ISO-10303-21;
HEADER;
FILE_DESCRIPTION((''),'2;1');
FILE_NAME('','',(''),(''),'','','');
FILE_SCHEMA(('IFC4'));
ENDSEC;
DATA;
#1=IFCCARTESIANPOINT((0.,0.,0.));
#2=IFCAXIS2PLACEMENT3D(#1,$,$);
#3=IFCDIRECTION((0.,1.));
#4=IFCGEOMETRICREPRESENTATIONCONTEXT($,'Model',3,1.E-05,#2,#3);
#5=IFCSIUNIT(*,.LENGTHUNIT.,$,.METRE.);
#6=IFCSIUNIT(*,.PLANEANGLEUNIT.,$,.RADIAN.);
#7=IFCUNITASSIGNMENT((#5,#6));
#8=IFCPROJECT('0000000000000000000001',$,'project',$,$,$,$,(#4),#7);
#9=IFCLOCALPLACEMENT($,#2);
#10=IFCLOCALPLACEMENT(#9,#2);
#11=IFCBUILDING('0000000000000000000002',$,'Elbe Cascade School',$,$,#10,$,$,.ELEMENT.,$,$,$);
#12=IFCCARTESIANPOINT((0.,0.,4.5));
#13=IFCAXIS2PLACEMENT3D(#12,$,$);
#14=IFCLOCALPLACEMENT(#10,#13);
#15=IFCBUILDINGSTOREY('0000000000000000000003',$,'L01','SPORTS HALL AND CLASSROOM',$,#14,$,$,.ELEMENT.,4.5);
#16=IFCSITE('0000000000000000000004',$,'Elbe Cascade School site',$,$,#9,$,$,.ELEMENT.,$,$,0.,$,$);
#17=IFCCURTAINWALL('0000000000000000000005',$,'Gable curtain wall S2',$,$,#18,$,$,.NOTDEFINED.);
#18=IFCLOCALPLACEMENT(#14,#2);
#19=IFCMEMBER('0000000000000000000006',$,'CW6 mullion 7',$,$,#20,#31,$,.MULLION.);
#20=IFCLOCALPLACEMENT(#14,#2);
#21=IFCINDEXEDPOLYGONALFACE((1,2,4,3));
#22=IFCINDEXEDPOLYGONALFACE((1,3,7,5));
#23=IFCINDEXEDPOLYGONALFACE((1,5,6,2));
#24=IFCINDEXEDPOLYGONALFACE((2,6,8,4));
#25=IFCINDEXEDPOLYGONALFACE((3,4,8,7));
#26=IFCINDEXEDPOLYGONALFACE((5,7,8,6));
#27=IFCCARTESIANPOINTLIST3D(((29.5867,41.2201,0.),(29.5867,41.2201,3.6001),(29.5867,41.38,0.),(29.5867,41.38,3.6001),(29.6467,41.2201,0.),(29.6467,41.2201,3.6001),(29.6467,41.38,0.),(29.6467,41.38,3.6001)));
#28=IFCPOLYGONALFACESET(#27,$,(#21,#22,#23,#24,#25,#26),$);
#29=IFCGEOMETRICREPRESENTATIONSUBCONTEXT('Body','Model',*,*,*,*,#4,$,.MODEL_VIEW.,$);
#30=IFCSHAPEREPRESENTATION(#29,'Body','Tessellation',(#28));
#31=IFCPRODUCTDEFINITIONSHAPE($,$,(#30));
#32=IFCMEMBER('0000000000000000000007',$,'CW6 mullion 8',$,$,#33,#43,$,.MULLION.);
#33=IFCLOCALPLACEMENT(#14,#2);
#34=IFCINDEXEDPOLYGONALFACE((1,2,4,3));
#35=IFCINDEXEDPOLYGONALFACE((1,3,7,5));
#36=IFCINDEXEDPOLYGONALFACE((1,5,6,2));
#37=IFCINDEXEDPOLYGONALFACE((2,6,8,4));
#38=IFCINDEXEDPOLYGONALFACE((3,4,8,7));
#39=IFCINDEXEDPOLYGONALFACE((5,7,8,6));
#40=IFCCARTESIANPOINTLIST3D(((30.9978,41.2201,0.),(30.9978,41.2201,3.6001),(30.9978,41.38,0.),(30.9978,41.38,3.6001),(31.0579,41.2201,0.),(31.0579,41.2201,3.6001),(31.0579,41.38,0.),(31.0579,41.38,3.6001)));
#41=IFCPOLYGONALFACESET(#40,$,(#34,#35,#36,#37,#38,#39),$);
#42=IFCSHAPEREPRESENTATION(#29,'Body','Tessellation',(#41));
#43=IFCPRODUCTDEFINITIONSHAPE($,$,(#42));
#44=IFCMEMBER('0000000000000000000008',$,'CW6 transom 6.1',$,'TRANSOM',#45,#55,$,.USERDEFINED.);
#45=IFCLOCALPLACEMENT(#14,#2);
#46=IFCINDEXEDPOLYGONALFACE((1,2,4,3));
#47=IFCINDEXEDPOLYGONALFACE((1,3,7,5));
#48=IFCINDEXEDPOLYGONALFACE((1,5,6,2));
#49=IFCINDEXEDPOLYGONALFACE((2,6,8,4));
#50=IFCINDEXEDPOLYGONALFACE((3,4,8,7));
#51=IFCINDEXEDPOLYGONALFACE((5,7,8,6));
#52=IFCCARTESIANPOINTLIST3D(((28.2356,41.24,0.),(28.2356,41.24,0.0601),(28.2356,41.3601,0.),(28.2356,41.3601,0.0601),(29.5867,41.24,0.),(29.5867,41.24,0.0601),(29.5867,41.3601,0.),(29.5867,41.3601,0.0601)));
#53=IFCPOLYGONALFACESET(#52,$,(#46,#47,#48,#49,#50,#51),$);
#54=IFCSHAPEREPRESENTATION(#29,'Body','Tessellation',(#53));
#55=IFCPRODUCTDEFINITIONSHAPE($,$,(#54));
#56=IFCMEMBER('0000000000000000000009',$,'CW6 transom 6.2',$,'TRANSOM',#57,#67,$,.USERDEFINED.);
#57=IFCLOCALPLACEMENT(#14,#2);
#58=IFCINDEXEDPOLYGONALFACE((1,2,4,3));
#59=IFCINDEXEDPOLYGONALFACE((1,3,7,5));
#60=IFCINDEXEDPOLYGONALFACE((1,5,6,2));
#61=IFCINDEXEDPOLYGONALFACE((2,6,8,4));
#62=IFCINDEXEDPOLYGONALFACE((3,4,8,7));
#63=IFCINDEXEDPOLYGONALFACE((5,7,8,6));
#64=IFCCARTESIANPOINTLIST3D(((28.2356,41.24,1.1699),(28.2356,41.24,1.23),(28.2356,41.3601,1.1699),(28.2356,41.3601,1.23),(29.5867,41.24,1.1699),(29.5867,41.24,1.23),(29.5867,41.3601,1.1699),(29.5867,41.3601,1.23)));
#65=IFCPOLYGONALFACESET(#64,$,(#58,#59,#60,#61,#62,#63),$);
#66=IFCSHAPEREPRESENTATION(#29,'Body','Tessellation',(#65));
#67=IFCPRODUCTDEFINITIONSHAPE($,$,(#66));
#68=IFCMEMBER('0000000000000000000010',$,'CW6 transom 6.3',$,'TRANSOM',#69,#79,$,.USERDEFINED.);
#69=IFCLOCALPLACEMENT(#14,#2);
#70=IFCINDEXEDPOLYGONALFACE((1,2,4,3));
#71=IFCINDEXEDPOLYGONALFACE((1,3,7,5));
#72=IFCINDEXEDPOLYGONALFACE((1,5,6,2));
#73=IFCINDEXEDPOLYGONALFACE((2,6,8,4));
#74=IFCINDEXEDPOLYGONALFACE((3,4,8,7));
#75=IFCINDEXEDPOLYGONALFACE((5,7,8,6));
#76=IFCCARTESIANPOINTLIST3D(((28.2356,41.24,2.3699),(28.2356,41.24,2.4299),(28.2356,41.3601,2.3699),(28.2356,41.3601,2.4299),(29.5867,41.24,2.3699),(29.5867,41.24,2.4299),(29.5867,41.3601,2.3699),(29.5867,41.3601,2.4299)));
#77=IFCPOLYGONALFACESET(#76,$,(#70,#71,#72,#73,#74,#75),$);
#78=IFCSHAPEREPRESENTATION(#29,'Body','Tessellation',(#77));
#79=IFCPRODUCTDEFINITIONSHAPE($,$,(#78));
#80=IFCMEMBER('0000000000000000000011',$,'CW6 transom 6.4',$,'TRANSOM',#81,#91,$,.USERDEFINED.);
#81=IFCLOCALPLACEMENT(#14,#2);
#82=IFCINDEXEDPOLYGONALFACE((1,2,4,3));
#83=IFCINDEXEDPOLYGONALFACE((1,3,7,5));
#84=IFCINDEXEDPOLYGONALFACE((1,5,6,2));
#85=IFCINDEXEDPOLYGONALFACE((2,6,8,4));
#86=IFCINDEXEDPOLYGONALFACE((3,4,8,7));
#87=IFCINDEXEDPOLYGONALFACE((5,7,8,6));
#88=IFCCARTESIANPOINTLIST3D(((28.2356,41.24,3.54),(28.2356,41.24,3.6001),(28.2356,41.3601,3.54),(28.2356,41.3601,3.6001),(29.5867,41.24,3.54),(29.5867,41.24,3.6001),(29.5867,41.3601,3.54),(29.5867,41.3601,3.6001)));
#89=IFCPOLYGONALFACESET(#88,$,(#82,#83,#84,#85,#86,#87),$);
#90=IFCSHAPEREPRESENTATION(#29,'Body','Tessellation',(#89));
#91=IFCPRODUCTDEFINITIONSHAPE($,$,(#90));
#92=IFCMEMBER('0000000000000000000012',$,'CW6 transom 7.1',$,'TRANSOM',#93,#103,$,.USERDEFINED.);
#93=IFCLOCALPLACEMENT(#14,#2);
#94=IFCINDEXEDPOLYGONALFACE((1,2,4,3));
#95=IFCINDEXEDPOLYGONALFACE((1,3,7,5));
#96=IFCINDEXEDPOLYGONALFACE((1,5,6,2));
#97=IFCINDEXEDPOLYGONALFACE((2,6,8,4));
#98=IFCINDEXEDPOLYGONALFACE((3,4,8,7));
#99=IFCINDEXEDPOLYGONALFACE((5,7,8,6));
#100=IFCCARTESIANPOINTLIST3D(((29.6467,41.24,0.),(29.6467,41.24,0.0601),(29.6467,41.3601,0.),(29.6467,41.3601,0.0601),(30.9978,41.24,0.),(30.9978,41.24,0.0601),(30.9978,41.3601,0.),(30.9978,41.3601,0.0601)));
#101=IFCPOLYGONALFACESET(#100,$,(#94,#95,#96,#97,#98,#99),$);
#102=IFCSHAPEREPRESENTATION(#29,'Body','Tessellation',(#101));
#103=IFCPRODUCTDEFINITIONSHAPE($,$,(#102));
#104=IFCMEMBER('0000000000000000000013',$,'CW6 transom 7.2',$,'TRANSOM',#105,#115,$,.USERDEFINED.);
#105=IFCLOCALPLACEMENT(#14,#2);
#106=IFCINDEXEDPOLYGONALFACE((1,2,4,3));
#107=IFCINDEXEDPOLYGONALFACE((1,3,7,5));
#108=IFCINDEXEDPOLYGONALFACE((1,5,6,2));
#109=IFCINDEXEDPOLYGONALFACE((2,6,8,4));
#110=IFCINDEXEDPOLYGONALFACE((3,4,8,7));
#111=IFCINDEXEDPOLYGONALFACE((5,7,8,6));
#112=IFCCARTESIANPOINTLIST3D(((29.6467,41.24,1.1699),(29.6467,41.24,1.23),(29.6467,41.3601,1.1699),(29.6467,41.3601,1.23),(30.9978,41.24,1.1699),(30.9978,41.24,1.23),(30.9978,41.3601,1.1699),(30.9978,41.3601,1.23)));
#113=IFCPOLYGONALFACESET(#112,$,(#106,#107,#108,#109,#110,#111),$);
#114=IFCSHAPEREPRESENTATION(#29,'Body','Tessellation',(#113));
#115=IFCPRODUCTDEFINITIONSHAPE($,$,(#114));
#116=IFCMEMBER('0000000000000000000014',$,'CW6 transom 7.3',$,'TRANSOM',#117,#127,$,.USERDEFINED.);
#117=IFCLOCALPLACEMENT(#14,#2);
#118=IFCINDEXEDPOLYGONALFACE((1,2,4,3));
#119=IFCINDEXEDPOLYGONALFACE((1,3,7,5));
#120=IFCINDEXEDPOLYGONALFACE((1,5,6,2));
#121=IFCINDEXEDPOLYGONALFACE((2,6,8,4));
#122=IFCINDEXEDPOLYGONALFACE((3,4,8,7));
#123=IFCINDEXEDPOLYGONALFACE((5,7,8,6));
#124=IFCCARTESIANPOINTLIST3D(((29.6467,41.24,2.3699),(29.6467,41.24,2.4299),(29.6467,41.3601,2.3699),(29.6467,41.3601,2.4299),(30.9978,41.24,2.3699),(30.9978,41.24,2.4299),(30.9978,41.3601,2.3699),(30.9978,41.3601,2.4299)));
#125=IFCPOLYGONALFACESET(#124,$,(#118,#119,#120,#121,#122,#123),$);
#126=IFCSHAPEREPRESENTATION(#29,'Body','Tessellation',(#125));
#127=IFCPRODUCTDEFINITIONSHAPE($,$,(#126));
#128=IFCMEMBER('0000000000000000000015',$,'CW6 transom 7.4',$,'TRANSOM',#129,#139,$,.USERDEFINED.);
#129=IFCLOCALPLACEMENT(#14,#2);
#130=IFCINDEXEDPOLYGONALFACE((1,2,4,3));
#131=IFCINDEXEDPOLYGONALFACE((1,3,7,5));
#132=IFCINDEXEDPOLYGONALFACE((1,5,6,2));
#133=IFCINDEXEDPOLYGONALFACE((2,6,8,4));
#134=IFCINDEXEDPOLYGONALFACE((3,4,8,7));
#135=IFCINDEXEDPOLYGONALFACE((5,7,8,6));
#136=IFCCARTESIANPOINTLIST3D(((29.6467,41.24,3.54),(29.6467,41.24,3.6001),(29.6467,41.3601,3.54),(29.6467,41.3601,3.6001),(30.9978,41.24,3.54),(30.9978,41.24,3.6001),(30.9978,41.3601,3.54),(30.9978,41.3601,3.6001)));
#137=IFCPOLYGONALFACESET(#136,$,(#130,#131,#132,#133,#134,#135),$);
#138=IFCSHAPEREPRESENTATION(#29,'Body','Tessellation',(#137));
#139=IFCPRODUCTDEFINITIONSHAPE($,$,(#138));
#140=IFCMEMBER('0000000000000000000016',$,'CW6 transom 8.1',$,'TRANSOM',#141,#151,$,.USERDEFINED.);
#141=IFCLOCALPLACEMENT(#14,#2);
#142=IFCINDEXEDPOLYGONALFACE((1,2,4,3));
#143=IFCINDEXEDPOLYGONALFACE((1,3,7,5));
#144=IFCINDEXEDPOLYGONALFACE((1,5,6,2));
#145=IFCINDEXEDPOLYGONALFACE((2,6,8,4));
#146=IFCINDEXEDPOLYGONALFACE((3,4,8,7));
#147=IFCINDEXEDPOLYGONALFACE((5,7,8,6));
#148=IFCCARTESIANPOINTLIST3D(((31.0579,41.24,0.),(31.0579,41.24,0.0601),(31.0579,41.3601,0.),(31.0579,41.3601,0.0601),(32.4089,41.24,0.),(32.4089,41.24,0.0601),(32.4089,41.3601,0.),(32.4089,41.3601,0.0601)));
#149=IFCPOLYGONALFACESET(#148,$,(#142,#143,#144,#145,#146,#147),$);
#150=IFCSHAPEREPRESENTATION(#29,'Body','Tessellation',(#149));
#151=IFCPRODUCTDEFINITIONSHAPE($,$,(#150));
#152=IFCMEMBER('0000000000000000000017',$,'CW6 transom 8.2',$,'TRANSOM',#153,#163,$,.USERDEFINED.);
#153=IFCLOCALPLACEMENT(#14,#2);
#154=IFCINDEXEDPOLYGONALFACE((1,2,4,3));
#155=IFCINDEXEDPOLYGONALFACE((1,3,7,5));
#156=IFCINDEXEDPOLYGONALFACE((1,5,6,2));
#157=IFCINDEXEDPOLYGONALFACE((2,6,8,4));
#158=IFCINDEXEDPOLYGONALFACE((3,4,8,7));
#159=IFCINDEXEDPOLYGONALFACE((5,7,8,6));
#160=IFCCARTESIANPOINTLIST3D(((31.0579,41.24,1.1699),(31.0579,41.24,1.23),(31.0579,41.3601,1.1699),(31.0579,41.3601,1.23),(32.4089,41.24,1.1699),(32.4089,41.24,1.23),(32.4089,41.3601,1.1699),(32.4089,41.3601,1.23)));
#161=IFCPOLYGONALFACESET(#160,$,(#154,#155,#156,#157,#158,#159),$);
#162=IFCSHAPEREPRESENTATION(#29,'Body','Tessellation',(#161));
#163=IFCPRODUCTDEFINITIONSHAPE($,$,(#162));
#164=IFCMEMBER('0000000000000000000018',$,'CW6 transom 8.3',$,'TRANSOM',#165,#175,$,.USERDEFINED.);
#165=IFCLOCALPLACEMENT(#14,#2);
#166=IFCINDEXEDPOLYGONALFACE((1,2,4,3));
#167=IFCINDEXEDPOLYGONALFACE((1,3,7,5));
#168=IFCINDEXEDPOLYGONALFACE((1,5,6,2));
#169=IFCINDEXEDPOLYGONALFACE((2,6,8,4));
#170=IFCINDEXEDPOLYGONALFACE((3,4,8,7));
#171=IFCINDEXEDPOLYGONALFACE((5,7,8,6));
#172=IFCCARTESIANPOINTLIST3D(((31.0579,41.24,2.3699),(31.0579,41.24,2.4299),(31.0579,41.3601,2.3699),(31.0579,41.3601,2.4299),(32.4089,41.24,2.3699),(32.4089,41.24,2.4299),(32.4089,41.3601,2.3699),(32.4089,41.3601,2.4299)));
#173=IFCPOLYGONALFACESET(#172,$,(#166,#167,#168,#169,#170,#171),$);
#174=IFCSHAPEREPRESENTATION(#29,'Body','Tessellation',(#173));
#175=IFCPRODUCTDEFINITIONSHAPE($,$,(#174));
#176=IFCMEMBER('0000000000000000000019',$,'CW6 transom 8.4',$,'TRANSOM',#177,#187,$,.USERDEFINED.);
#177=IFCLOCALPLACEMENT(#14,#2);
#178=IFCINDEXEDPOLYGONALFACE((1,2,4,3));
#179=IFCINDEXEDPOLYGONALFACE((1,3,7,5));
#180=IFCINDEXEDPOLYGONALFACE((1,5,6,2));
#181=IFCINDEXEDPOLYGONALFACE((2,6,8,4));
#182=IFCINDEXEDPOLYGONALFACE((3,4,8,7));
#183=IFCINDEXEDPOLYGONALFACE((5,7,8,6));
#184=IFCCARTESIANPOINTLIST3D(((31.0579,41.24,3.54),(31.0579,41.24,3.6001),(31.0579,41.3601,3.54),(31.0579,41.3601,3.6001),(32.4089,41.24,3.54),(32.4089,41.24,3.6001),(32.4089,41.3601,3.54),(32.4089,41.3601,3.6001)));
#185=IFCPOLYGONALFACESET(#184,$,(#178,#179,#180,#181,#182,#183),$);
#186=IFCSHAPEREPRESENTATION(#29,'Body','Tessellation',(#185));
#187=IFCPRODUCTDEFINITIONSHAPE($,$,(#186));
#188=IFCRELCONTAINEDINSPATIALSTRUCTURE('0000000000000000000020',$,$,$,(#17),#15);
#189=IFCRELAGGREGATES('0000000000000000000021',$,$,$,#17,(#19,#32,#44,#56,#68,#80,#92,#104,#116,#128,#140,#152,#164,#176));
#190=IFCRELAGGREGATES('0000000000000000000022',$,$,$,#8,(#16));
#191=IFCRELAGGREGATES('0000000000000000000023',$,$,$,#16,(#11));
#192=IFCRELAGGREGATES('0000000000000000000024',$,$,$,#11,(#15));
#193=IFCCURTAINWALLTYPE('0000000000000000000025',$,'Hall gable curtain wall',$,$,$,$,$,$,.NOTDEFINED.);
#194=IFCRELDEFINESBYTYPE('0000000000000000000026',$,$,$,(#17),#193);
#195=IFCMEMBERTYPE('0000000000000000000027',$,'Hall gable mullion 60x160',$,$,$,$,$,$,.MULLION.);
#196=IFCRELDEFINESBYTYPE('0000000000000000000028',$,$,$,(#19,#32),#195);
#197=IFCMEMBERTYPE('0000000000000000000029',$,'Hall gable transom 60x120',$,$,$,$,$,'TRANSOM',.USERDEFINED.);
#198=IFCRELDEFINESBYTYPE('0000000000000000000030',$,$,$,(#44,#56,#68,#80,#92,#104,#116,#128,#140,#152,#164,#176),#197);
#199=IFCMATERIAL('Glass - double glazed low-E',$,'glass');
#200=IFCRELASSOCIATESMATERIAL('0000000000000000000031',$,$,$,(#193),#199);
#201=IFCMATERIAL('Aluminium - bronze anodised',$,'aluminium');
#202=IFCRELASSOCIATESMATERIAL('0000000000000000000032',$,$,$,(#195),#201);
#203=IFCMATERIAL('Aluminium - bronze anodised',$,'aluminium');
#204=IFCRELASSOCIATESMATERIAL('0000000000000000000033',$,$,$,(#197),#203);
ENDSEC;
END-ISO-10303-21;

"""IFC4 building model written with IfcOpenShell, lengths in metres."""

from ifc_helpers import new_model, si_unit, direction, frame, origin, origin_2d, place, context, subcontext, project, spatial, rectangle, extrude, material, material_profile, profile_set, type_object, element, aggregate, save


model = new_model("IFC4")

# Units and contexts
model_context = context("Model", 3, precision=1e-05, world=origin(), true_north=direction((0.0, 1.0)))
body_context = subcontext(model_context, "Body", "Model", "MODEL_VIEW")
ifc_project = project(units=[si_unit("LENGTHUNIT", "METRE"), si_unit("PLANEANGLEUNIT", "RADIAN")], contexts=[model_context])

# Site, building, storey
site_placement = place(None, origin())
site = spatial("IfcSite", under=ifc_project, at=site_placement, Name="Elbe Cascade School site", CompositionType="ELEMENT", RefElevation=0.0)
building_placement = place(site_placement, origin())
building = spatial("IfcBuilding", under=site, at=building_placement, Name="Elbe Cascade School", CompositionType="ELEMENT")
storey_placement = place(building_placement, frame((0.0, 0.0, 4.5)))
storey = spatial("IfcBuildingStorey", under=building, at=storey_placement, Name="L01", Description="SPORTS HALL AND CLASSROOM", CompositionType="ELEMENT", Elevation=4.5)

# Curtain wall, members
ifc_material_1 = material(Name="Glass - double glazed low-E", Category="glass")
curtain_wall_type = type_object("IfcCurtainWallType", Name="Hall gable curtain wall", PredefinedType="NOTDEFINED", material=ifc_material_1)
curtain_wall_placement = place(storey_placement, origin())
curtain_wall = element("IfcCurtainWall", 1, at=curtain_wall_placement, inside=storey, type_object=curtain_wall_type, Name="Gable curtain wall S2", PredefinedType="NOTDEFINED")
ifc_material_2 = material(Name="Aluminium - bronze anodised", Category="aluminium")
ifc_material_profile_1 = material_profile(ifc_material_2, rectangle(XDim=0.1599, YDim=0.0601, at=origin_2d()), Name="Alu 60x160")
ifc_profile_set_1 = profile_set([ifc_material_profile_1], Name="Aluminium - bronze anodised")
member_type_1 = type_object("IfcMemberType", Name="Hall gable mullion 60x160", PredefinedType="MULLION", material=ifc_profile_set_1)
member_1_placement = place(storey_placement, frame((29.6167, 41.3, 0.0), z_axis=(0.0, 0.0, 1.0), x_axis=(0.0, 1.0, 0.0)))
member_1 = element("IfcMember", 2, at=member_1_placement, type_object=member_type_1, Name="CW6 mullion 7", PredefinedType="MULLION", context=body_context, shape_type="SweptSolid", body=[
    extrude(rectangle(XDim=0.1599, YDim=0.0601, at=origin_2d()), origin(), (0.0, 0.0, 1.0), 3.6001),
])
member_2_placement = place(storey_placement, frame((31.0278, 41.3, 0.0), z_axis=(0.0, 0.0, 1.0), x_axis=(0.0, 1.0, 0.0)))
member_2 = element("IfcMember", 3, at=member_2_placement, type_object=member_type_1, Name="CW6 mullion 8", PredefinedType="MULLION", context=body_context, shape_type="SweptSolid", body=[
    extrude(rectangle(XDim=0.1599, YDim=0.0601, at=origin_2d()), origin(), (0.0, 0.0, 1.0), 3.6001),
])
ifc_material_3 = material(Name="Aluminium - bronze anodised", Category="aluminium")
ifc_material_profile_2 = material_profile(ifc_material_3, rectangle(XDim=0.1201, YDim=0.0601, at=origin_2d()), Name="Alu 60x120")
ifc_profile_set_2 = profile_set([ifc_material_profile_2], Name="Aluminium - bronze anodised")
member_type_2 = type_object("IfcMemberType", Name="Hall gable transom 60x120", ElementType="TRANSOM", PredefinedType="USERDEFINED", material=ifc_profile_set_2)
member_3_placement = place(storey_placement, frame((28.2356, 41.3, 0.03), z_axis=(1.0, 0.0, 0.0), x_axis=(0.0, 1.0, 0.0)))
member_3 = element("IfcMember", 4, at=member_3_placement, type_object=member_type_2, Name="CW6 transom 6.1", ObjectType="TRANSOM", PredefinedType="USERDEFINED", context=body_context, shape_type="SweptSolid", body=[
    extrude(rectangle(XDim=0.1201, YDim=0.0601, at=origin_2d()), origin(), (0.0, 0.0, 1.0), 1.3511),
])
member_4_placement = place(storey_placement, frame((28.2356, 41.3, 1.2), z_axis=(1.0, 0.0, 0.0), x_axis=(0.0, 1.0, 0.0)))
member_4 = element("IfcMember", 5, at=member_4_placement, type_object=member_type_2, Name="CW6 transom 6.2", ObjectType="TRANSOM", PredefinedType="USERDEFINED", context=body_context, shape_type="SweptSolid", body=[
    extrude(rectangle(XDim=0.1201, YDim=0.0601, at=origin_2d()), origin(), (0.0, 0.0, 1.0), 1.3511),
])
member_5_placement = place(storey_placement, frame((28.2356, 41.3, 2.3999), z_axis=(1.0, 0.0, 0.0), x_axis=(0.0, 1.0, 0.0)))
member_5 = element("IfcMember", 6, at=member_5_placement, type_object=member_type_2, Name="CW6 transom 6.3", ObjectType="TRANSOM", PredefinedType="USERDEFINED", context=body_context, shape_type="SweptSolid", body=[
    extrude(rectangle(XDim=0.1201, YDim=0.0601, at=origin_2d()), origin(), (0.0, 0.0, 1.0), 1.3511),
])
member_6_placement = place(storey_placement, frame((28.2356, 41.3, 3.5701), z_axis=(1.0, 0.0, 0.0), x_axis=(0.0, 1.0, 0.0)))
member_6 = element("IfcMember", 7, at=member_6_placement, type_object=member_type_2, Name="CW6 transom 6.4", ObjectType="TRANSOM", PredefinedType="USERDEFINED", context=body_context, shape_type="SweptSolid", body=[
    extrude(rectangle(XDim=0.1201, YDim=0.0601, at=origin_2d()), origin(), (0.0, 0.0, 1.0), 1.3511),
])
member_7_placement = place(storey_placement, frame((29.6467, 41.3, 0.03), z_axis=(1.0, 0.0, 0.0), x_axis=(0.0, 1.0, 0.0)))
member_7 = element("IfcMember", 8, at=member_7_placement, type_object=member_type_2, Name="CW6 transom 7.1", ObjectType="TRANSOM", PredefinedType="USERDEFINED", context=body_context, shape_type="SweptSolid", body=[
    extrude(rectangle(XDim=0.1201, YDim=0.0601, at=origin_2d()), origin(), (0.0, 0.0, 1.0), 1.3511),
])
member_8_placement = place(storey_placement, frame((29.6467, 41.3, 1.2), z_axis=(1.0, 0.0, 0.0), x_axis=(0.0, 1.0, 0.0)))
member_8 = element("IfcMember", 9, at=member_8_placement, type_object=member_type_2, Name="CW6 transom 7.2", ObjectType="TRANSOM", PredefinedType="USERDEFINED", context=body_context, shape_type="SweptSolid", body=[
    extrude(rectangle(XDim=0.1201, YDim=0.0601, at=origin_2d()), origin(), (0.0, 0.0, 1.0), 1.3511),
])
member_9_placement = place(storey_placement, frame((29.6467, 41.3, 2.3999), z_axis=(1.0, 0.0, 0.0), x_axis=(0.0, 1.0, 0.0)))
member_9 = element("IfcMember", 10, at=member_9_placement, type_object=member_type_2, Name="CW6 transom 7.3", ObjectType="TRANSOM", PredefinedType="USERDEFINED", context=body_context, shape_type="SweptSolid", body=[
    extrude(rectangle(XDim=0.1201, YDim=0.0601, at=origin_2d()), origin(), (0.0, 0.0, 1.0), 1.3511),
])
member_10_placement = place(storey_placement, frame((29.6467, 41.3, 3.5701), z_axis=(1.0, 0.0, 0.0), x_axis=(0.0, 1.0, 0.0)))
member_10 = element("IfcMember", 11, at=member_10_placement, type_object=member_type_2, Name="CW6 transom 7.4", ObjectType="TRANSOM", PredefinedType="USERDEFINED", context=body_context, shape_type="SweptSolid", body=[
    extrude(rectangle(XDim=0.1201, YDim=0.0601, at=origin_2d()), origin(), (0.0, 0.0, 1.0), 1.3511),
])
member_11_placement = place(storey_placement, frame((31.0579, 41.3, 0.03), z_axis=(1.0, 0.0, 0.0), x_axis=(0.0, 1.0, 0.0)))
member_11 = element("IfcMember", 12, at=member_11_placement, type_object=member_type_2, Name="CW6 transom 8.1", ObjectType="TRANSOM", PredefinedType="USERDEFINED", context=body_context, shape_type="SweptSolid", body=[
    extrude(rectangle(XDim=0.1201, YDim=0.0601, at=origin_2d()), origin(), (0.0, 0.0, 1.0), 1.3511),
])
member_12_placement = place(storey_placement, frame((31.0579, 41.3, 1.2), z_axis=(1.0, 0.0, 0.0), x_axis=(0.0, 1.0, 0.0)))
member_12 = element("IfcMember", 13, at=member_12_placement, type_object=member_type_2, Name="CW6 transom 8.2", ObjectType="TRANSOM", PredefinedType="USERDEFINED", context=body_context, shape_type="SweptSolid", body=[
    extrude(rectangle(XDim=0.1201, YDim=0.0601, at=origin_2d()), origin(), (0.0, 0.0, 1.0), 1.3511),
])
member_13_placement = place(storey_placement, frame((31.0579, 41.3, 2.3999), z_axis=(1.0, 0.0, 0.0), x_axis=(0.0, 1.0, 0.0)))
member_13 = element("IfcMember", 14, at=member_13_placement, type_object=member_type_2, Name="CW6 transom 8.3", ObjectType="TRANSOM", PredefinedType="USERDEFINED", context=body_context, shape_type="SweptSolid", body=[
    extrude(rectangle(XDim=0.1201, YDim=0.0601, at=origin_2d()), origin(), (0.0, 0.0, 1.0), 1.3511),
])
member_14_placement = place(storey_placement, frame((31.0579, 41.3, 3.5701), z_axis=(1.0, 0.0, 0.0), x_axis=(0.0, 1.0, 0.0)))
member_14 = element("IfcMember", 15, at=member_14_placement, type_object=member_type_2, Name="CW6 transom 8.4", ObjectType="TRANSOM", PredefinedType="USERDEFINED", context=body_context, shape_type="SweptSolid", body=[
    extrude(rectangle(XDim=0.1201, YDim=0.0601, at=origin_2d()), origin(), (0.0, 0.0, 1.0), 1.3511),
])
aggregate(curtain_wall, [member_1, member_2, member_3, member_4, member_5, member_6, member_7, member_8, member_9, member_10, member_11, member_12, member_13, member_14])

save(model, "model.ifc")
